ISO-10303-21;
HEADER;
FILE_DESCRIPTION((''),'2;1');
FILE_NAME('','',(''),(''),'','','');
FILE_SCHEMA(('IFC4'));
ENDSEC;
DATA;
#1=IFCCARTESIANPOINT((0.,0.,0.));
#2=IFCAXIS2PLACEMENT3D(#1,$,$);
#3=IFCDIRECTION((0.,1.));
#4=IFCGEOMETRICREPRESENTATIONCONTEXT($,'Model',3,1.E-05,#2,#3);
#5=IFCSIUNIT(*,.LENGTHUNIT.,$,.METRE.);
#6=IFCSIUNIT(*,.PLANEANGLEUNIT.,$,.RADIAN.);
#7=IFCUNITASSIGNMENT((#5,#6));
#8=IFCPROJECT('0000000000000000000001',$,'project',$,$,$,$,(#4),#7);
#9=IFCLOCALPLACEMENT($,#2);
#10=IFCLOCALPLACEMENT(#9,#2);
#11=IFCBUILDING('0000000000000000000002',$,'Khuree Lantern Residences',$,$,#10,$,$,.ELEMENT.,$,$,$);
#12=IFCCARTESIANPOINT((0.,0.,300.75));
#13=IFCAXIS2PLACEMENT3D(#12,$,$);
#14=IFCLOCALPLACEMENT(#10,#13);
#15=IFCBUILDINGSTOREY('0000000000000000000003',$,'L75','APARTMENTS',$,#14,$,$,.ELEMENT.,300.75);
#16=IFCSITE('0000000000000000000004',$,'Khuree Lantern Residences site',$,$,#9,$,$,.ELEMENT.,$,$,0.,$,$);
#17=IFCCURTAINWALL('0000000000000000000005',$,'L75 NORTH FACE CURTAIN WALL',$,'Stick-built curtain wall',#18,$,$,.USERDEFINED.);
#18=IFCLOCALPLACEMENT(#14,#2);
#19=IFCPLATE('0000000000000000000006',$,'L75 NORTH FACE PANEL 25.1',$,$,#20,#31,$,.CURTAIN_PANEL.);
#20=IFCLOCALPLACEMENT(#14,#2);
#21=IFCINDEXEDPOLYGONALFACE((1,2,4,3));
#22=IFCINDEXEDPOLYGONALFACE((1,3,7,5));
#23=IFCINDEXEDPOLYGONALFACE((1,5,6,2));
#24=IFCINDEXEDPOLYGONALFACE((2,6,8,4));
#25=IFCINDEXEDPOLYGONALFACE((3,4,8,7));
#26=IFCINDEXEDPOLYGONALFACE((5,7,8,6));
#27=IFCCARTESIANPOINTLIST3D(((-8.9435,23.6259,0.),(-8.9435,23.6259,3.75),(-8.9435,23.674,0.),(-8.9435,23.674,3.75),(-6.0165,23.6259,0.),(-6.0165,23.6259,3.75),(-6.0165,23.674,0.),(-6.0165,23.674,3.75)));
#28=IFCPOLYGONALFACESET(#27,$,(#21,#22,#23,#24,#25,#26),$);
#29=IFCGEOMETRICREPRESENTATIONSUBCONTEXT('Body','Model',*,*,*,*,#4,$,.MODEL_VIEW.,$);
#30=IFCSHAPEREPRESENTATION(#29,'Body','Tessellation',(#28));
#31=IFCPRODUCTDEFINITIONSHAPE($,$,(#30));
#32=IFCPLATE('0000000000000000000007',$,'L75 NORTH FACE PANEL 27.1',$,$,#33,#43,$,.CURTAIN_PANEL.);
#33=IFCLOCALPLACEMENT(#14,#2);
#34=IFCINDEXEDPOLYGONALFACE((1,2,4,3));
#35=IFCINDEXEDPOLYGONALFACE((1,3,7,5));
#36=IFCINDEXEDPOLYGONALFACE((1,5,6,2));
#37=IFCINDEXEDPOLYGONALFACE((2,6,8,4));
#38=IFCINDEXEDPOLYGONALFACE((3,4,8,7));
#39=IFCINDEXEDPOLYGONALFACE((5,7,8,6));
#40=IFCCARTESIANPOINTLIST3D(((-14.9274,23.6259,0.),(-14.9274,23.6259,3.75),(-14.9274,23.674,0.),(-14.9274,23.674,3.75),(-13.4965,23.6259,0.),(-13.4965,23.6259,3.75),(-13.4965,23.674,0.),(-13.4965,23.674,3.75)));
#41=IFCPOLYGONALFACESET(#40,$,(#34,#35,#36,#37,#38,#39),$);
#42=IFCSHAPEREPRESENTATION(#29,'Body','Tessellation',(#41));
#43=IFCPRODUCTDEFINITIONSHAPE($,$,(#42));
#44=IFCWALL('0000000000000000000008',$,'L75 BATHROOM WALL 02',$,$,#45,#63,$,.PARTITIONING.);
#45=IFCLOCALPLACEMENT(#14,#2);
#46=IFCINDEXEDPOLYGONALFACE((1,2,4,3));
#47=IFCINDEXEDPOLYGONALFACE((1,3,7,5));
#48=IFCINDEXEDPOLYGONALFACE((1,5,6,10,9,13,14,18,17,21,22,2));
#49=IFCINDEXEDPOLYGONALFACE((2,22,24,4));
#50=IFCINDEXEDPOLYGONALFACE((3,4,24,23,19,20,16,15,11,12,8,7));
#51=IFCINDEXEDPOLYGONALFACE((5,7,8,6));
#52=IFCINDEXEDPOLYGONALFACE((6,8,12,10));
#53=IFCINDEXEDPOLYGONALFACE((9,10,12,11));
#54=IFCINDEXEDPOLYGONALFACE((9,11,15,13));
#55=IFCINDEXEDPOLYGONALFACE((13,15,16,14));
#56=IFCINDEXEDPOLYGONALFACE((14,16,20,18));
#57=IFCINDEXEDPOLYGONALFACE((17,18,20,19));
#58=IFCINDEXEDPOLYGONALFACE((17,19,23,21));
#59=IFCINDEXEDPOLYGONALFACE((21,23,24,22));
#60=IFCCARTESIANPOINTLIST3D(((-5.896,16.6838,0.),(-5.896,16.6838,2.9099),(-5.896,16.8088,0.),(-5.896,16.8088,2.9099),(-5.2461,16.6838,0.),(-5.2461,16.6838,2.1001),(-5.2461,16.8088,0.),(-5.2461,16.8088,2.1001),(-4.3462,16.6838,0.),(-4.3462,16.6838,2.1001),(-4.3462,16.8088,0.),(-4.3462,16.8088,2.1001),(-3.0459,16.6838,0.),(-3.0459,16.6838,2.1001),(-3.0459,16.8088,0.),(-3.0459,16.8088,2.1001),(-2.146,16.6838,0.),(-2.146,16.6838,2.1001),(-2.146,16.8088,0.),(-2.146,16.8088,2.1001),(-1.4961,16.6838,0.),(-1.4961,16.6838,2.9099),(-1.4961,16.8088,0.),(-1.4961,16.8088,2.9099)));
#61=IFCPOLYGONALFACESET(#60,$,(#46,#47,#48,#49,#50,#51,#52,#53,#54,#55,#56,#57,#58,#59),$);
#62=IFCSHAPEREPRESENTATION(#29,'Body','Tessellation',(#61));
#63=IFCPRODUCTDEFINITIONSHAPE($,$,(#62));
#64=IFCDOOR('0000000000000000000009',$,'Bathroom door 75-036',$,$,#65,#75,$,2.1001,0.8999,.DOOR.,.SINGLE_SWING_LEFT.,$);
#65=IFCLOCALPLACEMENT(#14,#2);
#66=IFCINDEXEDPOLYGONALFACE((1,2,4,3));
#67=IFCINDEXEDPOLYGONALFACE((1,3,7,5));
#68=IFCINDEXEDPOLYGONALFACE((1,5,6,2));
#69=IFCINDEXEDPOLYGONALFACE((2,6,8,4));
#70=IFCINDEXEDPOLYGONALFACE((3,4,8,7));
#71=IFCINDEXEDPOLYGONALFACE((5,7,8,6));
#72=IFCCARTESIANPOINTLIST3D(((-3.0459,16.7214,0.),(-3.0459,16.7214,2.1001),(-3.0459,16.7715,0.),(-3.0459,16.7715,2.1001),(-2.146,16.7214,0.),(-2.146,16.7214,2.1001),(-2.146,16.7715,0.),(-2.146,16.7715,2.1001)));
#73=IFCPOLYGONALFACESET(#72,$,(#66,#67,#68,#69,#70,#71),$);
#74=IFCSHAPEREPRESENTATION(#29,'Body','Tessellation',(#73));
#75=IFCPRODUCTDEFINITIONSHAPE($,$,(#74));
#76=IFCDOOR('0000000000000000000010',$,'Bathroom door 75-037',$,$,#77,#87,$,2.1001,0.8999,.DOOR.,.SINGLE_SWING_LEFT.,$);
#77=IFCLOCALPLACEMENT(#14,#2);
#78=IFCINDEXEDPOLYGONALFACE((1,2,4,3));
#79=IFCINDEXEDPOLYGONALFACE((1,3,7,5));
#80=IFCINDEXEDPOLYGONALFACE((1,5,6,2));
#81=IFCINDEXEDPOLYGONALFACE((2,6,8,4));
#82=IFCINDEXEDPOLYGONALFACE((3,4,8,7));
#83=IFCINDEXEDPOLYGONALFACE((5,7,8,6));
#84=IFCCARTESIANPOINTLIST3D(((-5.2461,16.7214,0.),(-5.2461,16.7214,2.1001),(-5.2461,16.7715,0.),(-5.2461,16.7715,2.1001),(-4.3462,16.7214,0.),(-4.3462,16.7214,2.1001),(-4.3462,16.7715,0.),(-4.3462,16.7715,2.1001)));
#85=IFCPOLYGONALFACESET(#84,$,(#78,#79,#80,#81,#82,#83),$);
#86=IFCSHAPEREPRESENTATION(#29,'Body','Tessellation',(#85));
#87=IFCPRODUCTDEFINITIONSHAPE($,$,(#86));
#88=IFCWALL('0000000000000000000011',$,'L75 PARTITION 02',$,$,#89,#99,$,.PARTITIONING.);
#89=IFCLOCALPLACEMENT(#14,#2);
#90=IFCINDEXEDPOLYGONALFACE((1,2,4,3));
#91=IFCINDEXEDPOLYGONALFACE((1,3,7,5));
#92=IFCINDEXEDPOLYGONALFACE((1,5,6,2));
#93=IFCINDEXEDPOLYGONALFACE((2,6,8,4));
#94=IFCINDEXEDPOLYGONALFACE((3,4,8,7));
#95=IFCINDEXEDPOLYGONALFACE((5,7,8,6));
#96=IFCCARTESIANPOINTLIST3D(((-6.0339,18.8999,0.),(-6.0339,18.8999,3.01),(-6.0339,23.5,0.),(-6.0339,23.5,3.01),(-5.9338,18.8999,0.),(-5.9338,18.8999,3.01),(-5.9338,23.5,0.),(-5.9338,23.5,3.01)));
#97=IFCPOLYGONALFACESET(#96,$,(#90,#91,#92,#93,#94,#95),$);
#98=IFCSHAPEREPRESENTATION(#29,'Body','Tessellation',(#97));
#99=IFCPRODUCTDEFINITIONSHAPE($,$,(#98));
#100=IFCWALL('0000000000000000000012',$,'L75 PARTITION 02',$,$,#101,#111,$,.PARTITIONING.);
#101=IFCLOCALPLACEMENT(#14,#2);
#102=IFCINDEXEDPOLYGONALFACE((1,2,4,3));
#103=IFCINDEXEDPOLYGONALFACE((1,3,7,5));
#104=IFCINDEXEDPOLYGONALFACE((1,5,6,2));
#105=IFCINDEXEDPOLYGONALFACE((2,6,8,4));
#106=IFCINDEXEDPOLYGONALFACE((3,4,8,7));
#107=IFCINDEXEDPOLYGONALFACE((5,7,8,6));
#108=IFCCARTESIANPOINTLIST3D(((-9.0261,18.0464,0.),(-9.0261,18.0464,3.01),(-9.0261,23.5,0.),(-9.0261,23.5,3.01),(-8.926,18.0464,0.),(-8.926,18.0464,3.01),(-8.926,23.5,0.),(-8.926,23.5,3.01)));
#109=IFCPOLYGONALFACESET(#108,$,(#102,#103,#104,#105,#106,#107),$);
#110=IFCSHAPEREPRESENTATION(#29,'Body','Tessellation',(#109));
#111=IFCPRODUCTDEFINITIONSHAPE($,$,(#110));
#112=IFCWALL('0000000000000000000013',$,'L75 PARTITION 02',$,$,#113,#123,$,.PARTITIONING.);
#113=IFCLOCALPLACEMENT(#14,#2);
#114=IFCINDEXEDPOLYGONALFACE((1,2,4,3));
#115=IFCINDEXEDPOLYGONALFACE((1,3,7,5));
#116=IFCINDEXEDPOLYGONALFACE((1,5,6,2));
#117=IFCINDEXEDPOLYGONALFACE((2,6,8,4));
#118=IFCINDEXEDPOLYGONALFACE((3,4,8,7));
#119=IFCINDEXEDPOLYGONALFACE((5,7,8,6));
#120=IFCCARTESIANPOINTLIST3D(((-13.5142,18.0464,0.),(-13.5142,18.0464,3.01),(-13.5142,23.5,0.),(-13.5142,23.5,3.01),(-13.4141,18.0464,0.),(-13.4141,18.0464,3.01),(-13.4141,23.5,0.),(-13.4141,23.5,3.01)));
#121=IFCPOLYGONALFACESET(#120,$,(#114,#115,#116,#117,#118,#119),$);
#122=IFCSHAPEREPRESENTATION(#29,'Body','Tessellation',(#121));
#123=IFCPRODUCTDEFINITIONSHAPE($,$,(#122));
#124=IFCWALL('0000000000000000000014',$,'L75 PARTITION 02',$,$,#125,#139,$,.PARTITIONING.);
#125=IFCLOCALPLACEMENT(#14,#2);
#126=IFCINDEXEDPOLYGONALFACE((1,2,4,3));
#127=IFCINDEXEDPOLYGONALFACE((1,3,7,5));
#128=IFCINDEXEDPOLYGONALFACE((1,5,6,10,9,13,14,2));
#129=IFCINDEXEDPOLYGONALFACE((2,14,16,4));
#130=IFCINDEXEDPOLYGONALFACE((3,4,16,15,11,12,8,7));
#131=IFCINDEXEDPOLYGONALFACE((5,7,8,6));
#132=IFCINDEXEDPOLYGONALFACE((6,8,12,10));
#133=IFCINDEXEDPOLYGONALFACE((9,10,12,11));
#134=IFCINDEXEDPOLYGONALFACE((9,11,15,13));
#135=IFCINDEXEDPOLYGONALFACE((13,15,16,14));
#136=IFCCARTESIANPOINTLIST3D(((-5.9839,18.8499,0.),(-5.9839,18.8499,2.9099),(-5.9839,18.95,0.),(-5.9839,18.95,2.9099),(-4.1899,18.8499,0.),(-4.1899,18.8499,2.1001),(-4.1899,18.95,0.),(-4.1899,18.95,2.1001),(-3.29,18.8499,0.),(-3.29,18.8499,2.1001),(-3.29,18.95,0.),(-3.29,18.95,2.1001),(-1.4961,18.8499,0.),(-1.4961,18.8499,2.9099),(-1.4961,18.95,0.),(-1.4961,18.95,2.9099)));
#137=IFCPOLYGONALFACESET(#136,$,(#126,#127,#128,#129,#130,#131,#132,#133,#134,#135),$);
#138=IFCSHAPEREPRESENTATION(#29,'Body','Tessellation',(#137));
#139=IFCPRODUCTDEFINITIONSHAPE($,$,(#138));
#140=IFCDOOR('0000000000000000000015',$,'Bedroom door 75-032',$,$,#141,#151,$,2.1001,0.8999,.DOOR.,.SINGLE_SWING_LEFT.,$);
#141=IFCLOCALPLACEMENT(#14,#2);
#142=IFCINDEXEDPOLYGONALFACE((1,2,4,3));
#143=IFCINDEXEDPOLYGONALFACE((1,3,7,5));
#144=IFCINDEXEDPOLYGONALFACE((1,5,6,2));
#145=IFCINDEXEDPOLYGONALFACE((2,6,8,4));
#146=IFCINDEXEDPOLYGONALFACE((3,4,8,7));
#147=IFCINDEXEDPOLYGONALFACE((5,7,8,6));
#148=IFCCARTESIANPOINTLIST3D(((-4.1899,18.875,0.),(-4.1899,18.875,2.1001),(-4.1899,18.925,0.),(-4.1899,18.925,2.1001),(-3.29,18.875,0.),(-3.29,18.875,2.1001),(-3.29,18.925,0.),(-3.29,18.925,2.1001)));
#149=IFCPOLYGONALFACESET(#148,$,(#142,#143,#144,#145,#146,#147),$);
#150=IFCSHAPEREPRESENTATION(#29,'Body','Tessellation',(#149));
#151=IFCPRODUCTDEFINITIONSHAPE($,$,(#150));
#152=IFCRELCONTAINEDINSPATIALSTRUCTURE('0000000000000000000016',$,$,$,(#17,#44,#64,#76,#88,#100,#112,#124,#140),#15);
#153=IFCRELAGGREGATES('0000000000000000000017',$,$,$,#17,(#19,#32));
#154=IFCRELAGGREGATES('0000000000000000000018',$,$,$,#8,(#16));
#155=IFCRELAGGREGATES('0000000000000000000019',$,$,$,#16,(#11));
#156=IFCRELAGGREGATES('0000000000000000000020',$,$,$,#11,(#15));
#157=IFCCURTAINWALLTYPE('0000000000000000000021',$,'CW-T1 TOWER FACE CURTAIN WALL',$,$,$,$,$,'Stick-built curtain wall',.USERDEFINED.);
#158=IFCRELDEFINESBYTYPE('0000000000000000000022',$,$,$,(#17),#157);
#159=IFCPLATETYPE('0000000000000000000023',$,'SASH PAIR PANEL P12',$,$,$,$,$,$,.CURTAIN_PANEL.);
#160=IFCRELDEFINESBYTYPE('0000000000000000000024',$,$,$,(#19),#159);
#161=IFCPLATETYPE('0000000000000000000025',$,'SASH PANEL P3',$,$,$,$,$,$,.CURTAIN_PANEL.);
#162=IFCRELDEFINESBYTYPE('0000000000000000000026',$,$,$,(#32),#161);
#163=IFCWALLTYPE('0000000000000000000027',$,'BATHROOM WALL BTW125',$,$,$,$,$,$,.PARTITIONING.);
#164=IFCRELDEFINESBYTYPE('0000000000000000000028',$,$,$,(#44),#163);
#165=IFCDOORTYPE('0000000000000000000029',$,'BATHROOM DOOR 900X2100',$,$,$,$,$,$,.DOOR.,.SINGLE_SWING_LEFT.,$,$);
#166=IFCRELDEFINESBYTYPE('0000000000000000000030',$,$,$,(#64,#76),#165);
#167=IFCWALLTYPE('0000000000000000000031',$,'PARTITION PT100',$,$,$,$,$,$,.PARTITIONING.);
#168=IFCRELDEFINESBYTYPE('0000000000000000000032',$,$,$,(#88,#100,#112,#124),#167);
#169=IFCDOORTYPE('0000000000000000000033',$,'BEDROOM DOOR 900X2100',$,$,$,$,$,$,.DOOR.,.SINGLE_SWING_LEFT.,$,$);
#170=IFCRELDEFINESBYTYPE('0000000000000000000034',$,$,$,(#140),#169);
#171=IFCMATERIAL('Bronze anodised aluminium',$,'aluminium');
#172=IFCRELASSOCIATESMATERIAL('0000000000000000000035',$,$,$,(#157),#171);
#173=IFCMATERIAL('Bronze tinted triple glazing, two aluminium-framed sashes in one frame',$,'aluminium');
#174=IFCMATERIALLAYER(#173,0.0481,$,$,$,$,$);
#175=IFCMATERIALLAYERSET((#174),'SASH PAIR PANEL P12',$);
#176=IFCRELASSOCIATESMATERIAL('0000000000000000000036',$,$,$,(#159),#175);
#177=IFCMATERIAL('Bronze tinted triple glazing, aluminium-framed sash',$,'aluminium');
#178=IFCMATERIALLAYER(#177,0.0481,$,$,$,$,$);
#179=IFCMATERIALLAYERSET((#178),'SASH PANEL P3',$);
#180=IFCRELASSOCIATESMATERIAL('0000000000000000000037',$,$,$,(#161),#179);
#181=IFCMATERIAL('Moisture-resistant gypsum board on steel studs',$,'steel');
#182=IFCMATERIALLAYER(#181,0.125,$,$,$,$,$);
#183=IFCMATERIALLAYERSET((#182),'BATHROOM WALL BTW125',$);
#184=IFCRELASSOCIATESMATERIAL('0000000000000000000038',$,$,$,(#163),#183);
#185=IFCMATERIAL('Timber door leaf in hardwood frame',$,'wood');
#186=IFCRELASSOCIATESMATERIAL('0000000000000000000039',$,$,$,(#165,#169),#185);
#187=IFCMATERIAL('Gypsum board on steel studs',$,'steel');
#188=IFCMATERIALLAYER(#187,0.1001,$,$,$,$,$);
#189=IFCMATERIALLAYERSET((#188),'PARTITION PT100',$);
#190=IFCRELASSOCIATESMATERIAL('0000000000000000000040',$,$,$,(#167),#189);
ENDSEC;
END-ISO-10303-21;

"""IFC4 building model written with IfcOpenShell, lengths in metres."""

from ifc_helpers import new_model, si_unit, direction, frame, frame_2d, origin, origin_2d, place, context, subcontext, project, spatial, rectangle, extrude, material, layer, layer_set, type_object, element, fill, aggregate, save


model = new_model("IFC4")

# Units and contexts
model_context = context("Model", 3, precision=1e-05, world=origin(), true_north=direction((0.0, 1.0)))
body_context = subcontext(model_context, "Body", "Model", "MODEL_VIEW")
ifc_project = project(units=[si_unit("LENGTHUNIT", "METRE"), si_unit("PLANEANGLEUNIT", "RADIAN")], contexts=[model_context])

# Site, building, storey
site_placement = place(None, origin())
site = spatial("IfcSite", under=ifc_project, at=site_placement, Name="Khuree Lantern Residences site", CompositionType="ELEMENT", RefElevation=0.0)
building_placement = place(site_placement, origin())
building = spatial("IfcBuilding", under=site, at=building_placement, Name="Khuree Lantern Residences", CompositionType="ELEMENT")
storey_placement = place(building_placement, frame((0.0, 0.0, 300.75)))
storey = spatial("IfcBuildingStorey", under=building, at=storey_placement, Name="L75", Description="APARTMENTS", CompositionType="ELEMENT", Elevation=300.75)

# Curtain wall
ifc_material_1 = material(Name="Bronze anodised aluminium", Category="aluminium")
curtain_wall_type = type_object("IfcCurtainWallType", Name="CW-T1 TOWER FACE CURTAIN WALL", ElementType="Stick-built curtain wall", PredefinedType="USERDEFINED", material=ifc_material_1)
curtain_wall_placement = place(storey_placement, origin())
curtain_wall = element("IfcCurtainWall", 1, at=curtain_wall_placement, inside=storey, type_object=curtain_wall_type, Name="L75 NORTH FACE CURTAIN WALL", ObjectType="Stick-built curtain wall", PredefinedType="USERDEFINED")

# Plates
ifc_material_2 = material(Name="Bronze tinted triple glazing, two aluminium-framed sashes in one frame", Category="aluminium")
ifc_layer_1 = layer(ifc_material_2, 0.0481)
ifc_layer_set_1 = layer_set([ifc_layer_1], Name="SASH PAIR PANEL P12")
plate_type_1 = type_object("IfcPlateType", Name="SASH PAIR PANEL P12", PredefinedType="CURTAIN_PANEL", material=ifc_layer_set_1)
plate_1_placement = place(storey_placement, frame((-7.48, 23.6499, 0.0), z_axis=(0.0, 0.0, 1.0), x_axis=(-1.0, 0.0, 0.0)))
plate_1 = element("IfcPlate", 2, at=plate_1_placement, type_object=plate_type_1, Name="L75 NORTH FACE PANEL 25.1", PredefinedType="CURTAIN_PANEL", context=body_context, shape_type="SweptSolid", body=[
    extrude(rectangle(XDim=2.927, YDim=0.0481, at=origin_2d()), origin(), (0.0, 0.0, 1.0), 3.75),
])
ifc_material_3 = material(Name="Bronze tinted triple glazing, aluminium-framed sash", Category="aluminium")
ifc_layer_2 = layer(ifc_material_3, 0.0481)
ifc_layer_set_2 = layer_set([ifc_layer_2], Name="SASH PANEL P3")
plate_type_2 = type_object("IfcPlateType", Name="SASH PANEL P3", PredefinedType="CURTAIN_PANEL", material=ifc_layer_set_2)
plate_2_placement = place(storey_placement, frame((-14.2119, 23.6499, 0.0), z_axis=(0.0, 0.0, 1.0), x_axis=(-1.0, 0.0, 0.0)))
plate_2 = element("IfcPlate", 3, at=plate_2_placement, type_object=plate_type_2, Name="L75 NORTH FACE PANEL 27.1", PredefinedType="CURTAIN_PANEL", context=body_context, shape_type="SweptSolid", body=[
    extrude(rectangle(XDim=1.4309, YDim=0.0481, at=origin_2d()), origin(), (0.0, 0.0, 1.0), 3.75),
])
aggregate(curtain_wall, [plate_1, plate_2])

# Wall, openings, doors
ifc_material_4 = material(Name="Moisture-resistant gypsum board on steel studs", Category="steel")
ifc_layer_3 = layer(ifc_material_4, 0.125)
ifc_layer_set_3 = layer_set([ifc_layer_3], Name="BATHROOM WALL BTW125")
wall_type_1 = type_object("IfcWallType", Name="BATHROOM WALL BTW125", PredefinedType="PARTITIONING", material=ifc_layer_set_3)
wall_1_placement = place(storey_placement, frame((-1.4961, 16.7463, 0.0), z_axis=(0.0, 0.0, 1.0), x_axis=(-1.0, 0.0, 0.0)))
wall_1 = element("IfcWall", 4, at=wall_1_placement, inside=storey, type_object=wall_type_1, Name="L75 BATHROOM WALL 02", PredefinedType="PARTITIONING", context=body_context, shape_type="SweptSolid", body=[
    extrude(rectangle(XDim=4.3999, YDim=0.125, at=frame_2d((2.2, 0.0))), origin(), (0.0, 0.0, 1.0), 2.9099),
])
opening_1_placement = place(wall_1_placement, frame((0.6499, 0.0, 0.0)))
opening_1 = element("IfcOpeningElement", 5, at=opening_1_placement, cuts=wall_1, PredefinedType="OPENING", context=body_context, shape_type="SweptSolid", body=[
    extrude(rectangle(XDim=0.8999, YDim=2.1001, at=frame_2d((0.45, 1.05))), frame((0.0, 0.0725, 0.0), z_axis=(0.0, -1.0, 0.0), x_axis=(1.0, 0.0, 0.0)), (0.0, 0.0, 1.0), 0.145),
])
opening_2_placement = place(wall_1_placement, frame((2.8501, 0.0, 0.0)))
opening_2 = element("IfcOpeningElement", 6, at=opening_2_placement, cuts=wall_1, PredefinedType="OPENING", context=body_context, shape_type="SweptSolid", body=[
    extrude(rectangle(XDim=0.8999, YDim=2.1001, at=frame_2d((0.45, 1.05))), frame((0.0, 0.0725, 0.0), z_axis=(0.0, -1.0, 0.0), x_axis=(1.0, 0.0, 0.0)), (0.0, 0.0, 1.0), 0.145),
])
ifc_material_5 = material(Name="Timber door leaf in hardwood frame", Category="wood")
door_type_1 = type_object("IfcDoorType", Name="BATHROOM DOOR 900X2100", OperationType="SINGLE_SWING_LEFT", PredefinedType="DOOR", material=ifc_material_5)
door_1_placement = place(opening_1_placement, origin())
door_1 = element("IfcDoor", 7, at=door_1_placement, inside=storey, type_object=door_type_1, Name="Bathroom door 75-036", OperationType="SINGLE_SWING_LEFT", OverallHeight=2.1001, OverallWidth=0.8999, PredefinedType="DOOR", context=body_context, shape_type="SweptSolid", body=[
    extrude(rectangle(XDim=0.8999, YDim=2.1001, at=frame_2d((0.45, 1.05))), frame((0.0, 0.0249, 0.0), z_axis=(0.0, -1.0, 0.0), x_axis=(1.0, 0.0, 0.0)), (0.0, 0.0, 1.0), 0.05),
])
fill(opening_1, door_1)
door_2_placement = place(opening_2_placement, origin())
door_2 = element("IfcDoor", 8, at=door_2_placement, inside=storey, type_object=door_type_1, Name="Bathroom door 75-037", OperationType="SINGLE_SWING_LEFT", OverallHeight=2.1001, OverallWidth=0.8999, PredefinedType="DOOR", context=body_context, shape_type="SweptSolid", body=[
    extrude(rectangle(XDim=0.8999, YDim=2.1001, at=frame_2d((0.45, 1.05))), frame((0.0, 0.0249, 0.0), z_axis=(0.0, -1.0, 0.0), x_axis=(1.0, 0.0, 0.0)), (0.0, 0.0, 1.0), 0.05),
])
fill(opening_2, door_2)

# Walls
ifc_material_6 = material(Name="Gypsum board on steel studs", Category="steel")
ifc_layer_4 = layer(ifc_material_6, 0.1001)
ifc_layer_set_4 = layer_set([ifc_layer_4], Name="PARTITION PT100")
wall_type_2 = type_object("IfcWallType", Name="PARTITION PT100", PredefinedType="PARTITIONING", material=ifc_layer_set_4)
wall_2_placement = place(storey_placement, frame((-5.9839, 18.8999, 0.0), z_axis=(0.0, 0.0, 1.0), x_axis=(0.0, 1.0, 0.0)))
element("IfcWall", 9, at=wall_2_placement, inside=storey, type_object=wall_type_2, Name="L75 PARTITION 02", PredefinedType="PARTITIONING", context=body_context, shape_type="SweptSolid", body=[
    extrude(rectangle(XDim=4.6001, YDim=0.1001, at=frame_2d((2.3, 0.0))), origin(), (0.0, 0.0, 1.0), 3.01),
])
for number, where, z_axis, x_axis, name in (
    (10, (-8.9761, 18.0464, 0.0), (0.0, 0.0, 1.0), (0.0, 1.0, 0.0), "L75 PARTITION 02"),
    (11, (-13.4641, 18.0464, 0.0), (0.0, 0.0, 1.0), (0.0, 1.0, 0.0), "L75 PARTITION 02"),
):
    element("IfcWall", number, at=place(storey_placement, frame(where, z_axis=z_axis, x_axis=x_axis)), inside=storey, type_object=wall_type_2, Name=name, PredefinedType="PARTITIONING", context=body_context, shape_type="SweptSolid", body=[
        extrude(rectangle(XDim=5.4536, YDim=0.1001, at=frame_2d((2.7268, 0.0))), origin(), (0.0, 0.0, 1.0), 3.01),
    ])

# Wall, opening, door
wall_3_placement = place(storey_placement, frame((-1.4961, 18.8999, 0.0), z_axis=(0.0, 0.0, 1.0), x_axis=(-1.0, 0.0, 0.0)))
wall_3 = element("IfcWall", 12, at=wall_3_placement, inside=storey, type_object=wall_type_2, Name="L75 PARTITION 02", PredefinedType="PARTITIONING", context=body_context, shape_type="SweptSolid", body=[
    extrude(rectangle(XDim=4.4878, YDim=0.1001, at=frame_2d((2.2439, 0.0))), origin(), (0.0, 0.0, 1.0), 2.9099),
])
opening_3_placement = place(wall_3_placement, frame((1.7939, 0.0, 0.0)))
opening_3 = element("IfcOpeningElement", 13, at=opening_3_placement, cuts=wall_3, PredefinedType="OPENING", context=body_context, shape_type="SweptSolid", body=[
    extrude(rectangle(XDim=0.8999, YDim=2.1001, at=frame_2d((0.45, 1.05))), frame((0.0, 0.0601, 0.0), z_axis=(0.0, -1.0, 0.0), x_axis=(1.0, 0.0, 0.0)), (0.0, 0.0, 1.0), 0.1201),
])
door_type_2 = type_object("IfcDoorType", Name="BEDROOM DOOR 900X2100", OperationType="SINGLE_SWING_LEFT", PredefinedType="DOOR", material=ifc_material_5)
door_3_placement = place(opening_3_placement, origin())
door_3 = element("IfcDoor", 14, at=door_3_placement, inside=storey, type_object=door_type_2, Name="Bedroom door 75-032", OperationType="SINGLE_SWING_LEFT", OverallHeight=2.1001, OverallWidth=0.8999, PredefinedType="DOOR", context=body_context, shape_type="SweptSolid", body=[
    extrude(rectangle(XDim=0.8999, YDim=2.1001, at=frame_2d((0.45, 1.05))), frame((0.0, 0.0249, 0.0), z_axis=(0.0, -1.0, 0.0), x_axis=(1.0, 0.0, 0.0)), (0.0, 0.0, 1.0), 0.05),
])
fill(opening_3, door_3)

save(model, "model.ifc")
